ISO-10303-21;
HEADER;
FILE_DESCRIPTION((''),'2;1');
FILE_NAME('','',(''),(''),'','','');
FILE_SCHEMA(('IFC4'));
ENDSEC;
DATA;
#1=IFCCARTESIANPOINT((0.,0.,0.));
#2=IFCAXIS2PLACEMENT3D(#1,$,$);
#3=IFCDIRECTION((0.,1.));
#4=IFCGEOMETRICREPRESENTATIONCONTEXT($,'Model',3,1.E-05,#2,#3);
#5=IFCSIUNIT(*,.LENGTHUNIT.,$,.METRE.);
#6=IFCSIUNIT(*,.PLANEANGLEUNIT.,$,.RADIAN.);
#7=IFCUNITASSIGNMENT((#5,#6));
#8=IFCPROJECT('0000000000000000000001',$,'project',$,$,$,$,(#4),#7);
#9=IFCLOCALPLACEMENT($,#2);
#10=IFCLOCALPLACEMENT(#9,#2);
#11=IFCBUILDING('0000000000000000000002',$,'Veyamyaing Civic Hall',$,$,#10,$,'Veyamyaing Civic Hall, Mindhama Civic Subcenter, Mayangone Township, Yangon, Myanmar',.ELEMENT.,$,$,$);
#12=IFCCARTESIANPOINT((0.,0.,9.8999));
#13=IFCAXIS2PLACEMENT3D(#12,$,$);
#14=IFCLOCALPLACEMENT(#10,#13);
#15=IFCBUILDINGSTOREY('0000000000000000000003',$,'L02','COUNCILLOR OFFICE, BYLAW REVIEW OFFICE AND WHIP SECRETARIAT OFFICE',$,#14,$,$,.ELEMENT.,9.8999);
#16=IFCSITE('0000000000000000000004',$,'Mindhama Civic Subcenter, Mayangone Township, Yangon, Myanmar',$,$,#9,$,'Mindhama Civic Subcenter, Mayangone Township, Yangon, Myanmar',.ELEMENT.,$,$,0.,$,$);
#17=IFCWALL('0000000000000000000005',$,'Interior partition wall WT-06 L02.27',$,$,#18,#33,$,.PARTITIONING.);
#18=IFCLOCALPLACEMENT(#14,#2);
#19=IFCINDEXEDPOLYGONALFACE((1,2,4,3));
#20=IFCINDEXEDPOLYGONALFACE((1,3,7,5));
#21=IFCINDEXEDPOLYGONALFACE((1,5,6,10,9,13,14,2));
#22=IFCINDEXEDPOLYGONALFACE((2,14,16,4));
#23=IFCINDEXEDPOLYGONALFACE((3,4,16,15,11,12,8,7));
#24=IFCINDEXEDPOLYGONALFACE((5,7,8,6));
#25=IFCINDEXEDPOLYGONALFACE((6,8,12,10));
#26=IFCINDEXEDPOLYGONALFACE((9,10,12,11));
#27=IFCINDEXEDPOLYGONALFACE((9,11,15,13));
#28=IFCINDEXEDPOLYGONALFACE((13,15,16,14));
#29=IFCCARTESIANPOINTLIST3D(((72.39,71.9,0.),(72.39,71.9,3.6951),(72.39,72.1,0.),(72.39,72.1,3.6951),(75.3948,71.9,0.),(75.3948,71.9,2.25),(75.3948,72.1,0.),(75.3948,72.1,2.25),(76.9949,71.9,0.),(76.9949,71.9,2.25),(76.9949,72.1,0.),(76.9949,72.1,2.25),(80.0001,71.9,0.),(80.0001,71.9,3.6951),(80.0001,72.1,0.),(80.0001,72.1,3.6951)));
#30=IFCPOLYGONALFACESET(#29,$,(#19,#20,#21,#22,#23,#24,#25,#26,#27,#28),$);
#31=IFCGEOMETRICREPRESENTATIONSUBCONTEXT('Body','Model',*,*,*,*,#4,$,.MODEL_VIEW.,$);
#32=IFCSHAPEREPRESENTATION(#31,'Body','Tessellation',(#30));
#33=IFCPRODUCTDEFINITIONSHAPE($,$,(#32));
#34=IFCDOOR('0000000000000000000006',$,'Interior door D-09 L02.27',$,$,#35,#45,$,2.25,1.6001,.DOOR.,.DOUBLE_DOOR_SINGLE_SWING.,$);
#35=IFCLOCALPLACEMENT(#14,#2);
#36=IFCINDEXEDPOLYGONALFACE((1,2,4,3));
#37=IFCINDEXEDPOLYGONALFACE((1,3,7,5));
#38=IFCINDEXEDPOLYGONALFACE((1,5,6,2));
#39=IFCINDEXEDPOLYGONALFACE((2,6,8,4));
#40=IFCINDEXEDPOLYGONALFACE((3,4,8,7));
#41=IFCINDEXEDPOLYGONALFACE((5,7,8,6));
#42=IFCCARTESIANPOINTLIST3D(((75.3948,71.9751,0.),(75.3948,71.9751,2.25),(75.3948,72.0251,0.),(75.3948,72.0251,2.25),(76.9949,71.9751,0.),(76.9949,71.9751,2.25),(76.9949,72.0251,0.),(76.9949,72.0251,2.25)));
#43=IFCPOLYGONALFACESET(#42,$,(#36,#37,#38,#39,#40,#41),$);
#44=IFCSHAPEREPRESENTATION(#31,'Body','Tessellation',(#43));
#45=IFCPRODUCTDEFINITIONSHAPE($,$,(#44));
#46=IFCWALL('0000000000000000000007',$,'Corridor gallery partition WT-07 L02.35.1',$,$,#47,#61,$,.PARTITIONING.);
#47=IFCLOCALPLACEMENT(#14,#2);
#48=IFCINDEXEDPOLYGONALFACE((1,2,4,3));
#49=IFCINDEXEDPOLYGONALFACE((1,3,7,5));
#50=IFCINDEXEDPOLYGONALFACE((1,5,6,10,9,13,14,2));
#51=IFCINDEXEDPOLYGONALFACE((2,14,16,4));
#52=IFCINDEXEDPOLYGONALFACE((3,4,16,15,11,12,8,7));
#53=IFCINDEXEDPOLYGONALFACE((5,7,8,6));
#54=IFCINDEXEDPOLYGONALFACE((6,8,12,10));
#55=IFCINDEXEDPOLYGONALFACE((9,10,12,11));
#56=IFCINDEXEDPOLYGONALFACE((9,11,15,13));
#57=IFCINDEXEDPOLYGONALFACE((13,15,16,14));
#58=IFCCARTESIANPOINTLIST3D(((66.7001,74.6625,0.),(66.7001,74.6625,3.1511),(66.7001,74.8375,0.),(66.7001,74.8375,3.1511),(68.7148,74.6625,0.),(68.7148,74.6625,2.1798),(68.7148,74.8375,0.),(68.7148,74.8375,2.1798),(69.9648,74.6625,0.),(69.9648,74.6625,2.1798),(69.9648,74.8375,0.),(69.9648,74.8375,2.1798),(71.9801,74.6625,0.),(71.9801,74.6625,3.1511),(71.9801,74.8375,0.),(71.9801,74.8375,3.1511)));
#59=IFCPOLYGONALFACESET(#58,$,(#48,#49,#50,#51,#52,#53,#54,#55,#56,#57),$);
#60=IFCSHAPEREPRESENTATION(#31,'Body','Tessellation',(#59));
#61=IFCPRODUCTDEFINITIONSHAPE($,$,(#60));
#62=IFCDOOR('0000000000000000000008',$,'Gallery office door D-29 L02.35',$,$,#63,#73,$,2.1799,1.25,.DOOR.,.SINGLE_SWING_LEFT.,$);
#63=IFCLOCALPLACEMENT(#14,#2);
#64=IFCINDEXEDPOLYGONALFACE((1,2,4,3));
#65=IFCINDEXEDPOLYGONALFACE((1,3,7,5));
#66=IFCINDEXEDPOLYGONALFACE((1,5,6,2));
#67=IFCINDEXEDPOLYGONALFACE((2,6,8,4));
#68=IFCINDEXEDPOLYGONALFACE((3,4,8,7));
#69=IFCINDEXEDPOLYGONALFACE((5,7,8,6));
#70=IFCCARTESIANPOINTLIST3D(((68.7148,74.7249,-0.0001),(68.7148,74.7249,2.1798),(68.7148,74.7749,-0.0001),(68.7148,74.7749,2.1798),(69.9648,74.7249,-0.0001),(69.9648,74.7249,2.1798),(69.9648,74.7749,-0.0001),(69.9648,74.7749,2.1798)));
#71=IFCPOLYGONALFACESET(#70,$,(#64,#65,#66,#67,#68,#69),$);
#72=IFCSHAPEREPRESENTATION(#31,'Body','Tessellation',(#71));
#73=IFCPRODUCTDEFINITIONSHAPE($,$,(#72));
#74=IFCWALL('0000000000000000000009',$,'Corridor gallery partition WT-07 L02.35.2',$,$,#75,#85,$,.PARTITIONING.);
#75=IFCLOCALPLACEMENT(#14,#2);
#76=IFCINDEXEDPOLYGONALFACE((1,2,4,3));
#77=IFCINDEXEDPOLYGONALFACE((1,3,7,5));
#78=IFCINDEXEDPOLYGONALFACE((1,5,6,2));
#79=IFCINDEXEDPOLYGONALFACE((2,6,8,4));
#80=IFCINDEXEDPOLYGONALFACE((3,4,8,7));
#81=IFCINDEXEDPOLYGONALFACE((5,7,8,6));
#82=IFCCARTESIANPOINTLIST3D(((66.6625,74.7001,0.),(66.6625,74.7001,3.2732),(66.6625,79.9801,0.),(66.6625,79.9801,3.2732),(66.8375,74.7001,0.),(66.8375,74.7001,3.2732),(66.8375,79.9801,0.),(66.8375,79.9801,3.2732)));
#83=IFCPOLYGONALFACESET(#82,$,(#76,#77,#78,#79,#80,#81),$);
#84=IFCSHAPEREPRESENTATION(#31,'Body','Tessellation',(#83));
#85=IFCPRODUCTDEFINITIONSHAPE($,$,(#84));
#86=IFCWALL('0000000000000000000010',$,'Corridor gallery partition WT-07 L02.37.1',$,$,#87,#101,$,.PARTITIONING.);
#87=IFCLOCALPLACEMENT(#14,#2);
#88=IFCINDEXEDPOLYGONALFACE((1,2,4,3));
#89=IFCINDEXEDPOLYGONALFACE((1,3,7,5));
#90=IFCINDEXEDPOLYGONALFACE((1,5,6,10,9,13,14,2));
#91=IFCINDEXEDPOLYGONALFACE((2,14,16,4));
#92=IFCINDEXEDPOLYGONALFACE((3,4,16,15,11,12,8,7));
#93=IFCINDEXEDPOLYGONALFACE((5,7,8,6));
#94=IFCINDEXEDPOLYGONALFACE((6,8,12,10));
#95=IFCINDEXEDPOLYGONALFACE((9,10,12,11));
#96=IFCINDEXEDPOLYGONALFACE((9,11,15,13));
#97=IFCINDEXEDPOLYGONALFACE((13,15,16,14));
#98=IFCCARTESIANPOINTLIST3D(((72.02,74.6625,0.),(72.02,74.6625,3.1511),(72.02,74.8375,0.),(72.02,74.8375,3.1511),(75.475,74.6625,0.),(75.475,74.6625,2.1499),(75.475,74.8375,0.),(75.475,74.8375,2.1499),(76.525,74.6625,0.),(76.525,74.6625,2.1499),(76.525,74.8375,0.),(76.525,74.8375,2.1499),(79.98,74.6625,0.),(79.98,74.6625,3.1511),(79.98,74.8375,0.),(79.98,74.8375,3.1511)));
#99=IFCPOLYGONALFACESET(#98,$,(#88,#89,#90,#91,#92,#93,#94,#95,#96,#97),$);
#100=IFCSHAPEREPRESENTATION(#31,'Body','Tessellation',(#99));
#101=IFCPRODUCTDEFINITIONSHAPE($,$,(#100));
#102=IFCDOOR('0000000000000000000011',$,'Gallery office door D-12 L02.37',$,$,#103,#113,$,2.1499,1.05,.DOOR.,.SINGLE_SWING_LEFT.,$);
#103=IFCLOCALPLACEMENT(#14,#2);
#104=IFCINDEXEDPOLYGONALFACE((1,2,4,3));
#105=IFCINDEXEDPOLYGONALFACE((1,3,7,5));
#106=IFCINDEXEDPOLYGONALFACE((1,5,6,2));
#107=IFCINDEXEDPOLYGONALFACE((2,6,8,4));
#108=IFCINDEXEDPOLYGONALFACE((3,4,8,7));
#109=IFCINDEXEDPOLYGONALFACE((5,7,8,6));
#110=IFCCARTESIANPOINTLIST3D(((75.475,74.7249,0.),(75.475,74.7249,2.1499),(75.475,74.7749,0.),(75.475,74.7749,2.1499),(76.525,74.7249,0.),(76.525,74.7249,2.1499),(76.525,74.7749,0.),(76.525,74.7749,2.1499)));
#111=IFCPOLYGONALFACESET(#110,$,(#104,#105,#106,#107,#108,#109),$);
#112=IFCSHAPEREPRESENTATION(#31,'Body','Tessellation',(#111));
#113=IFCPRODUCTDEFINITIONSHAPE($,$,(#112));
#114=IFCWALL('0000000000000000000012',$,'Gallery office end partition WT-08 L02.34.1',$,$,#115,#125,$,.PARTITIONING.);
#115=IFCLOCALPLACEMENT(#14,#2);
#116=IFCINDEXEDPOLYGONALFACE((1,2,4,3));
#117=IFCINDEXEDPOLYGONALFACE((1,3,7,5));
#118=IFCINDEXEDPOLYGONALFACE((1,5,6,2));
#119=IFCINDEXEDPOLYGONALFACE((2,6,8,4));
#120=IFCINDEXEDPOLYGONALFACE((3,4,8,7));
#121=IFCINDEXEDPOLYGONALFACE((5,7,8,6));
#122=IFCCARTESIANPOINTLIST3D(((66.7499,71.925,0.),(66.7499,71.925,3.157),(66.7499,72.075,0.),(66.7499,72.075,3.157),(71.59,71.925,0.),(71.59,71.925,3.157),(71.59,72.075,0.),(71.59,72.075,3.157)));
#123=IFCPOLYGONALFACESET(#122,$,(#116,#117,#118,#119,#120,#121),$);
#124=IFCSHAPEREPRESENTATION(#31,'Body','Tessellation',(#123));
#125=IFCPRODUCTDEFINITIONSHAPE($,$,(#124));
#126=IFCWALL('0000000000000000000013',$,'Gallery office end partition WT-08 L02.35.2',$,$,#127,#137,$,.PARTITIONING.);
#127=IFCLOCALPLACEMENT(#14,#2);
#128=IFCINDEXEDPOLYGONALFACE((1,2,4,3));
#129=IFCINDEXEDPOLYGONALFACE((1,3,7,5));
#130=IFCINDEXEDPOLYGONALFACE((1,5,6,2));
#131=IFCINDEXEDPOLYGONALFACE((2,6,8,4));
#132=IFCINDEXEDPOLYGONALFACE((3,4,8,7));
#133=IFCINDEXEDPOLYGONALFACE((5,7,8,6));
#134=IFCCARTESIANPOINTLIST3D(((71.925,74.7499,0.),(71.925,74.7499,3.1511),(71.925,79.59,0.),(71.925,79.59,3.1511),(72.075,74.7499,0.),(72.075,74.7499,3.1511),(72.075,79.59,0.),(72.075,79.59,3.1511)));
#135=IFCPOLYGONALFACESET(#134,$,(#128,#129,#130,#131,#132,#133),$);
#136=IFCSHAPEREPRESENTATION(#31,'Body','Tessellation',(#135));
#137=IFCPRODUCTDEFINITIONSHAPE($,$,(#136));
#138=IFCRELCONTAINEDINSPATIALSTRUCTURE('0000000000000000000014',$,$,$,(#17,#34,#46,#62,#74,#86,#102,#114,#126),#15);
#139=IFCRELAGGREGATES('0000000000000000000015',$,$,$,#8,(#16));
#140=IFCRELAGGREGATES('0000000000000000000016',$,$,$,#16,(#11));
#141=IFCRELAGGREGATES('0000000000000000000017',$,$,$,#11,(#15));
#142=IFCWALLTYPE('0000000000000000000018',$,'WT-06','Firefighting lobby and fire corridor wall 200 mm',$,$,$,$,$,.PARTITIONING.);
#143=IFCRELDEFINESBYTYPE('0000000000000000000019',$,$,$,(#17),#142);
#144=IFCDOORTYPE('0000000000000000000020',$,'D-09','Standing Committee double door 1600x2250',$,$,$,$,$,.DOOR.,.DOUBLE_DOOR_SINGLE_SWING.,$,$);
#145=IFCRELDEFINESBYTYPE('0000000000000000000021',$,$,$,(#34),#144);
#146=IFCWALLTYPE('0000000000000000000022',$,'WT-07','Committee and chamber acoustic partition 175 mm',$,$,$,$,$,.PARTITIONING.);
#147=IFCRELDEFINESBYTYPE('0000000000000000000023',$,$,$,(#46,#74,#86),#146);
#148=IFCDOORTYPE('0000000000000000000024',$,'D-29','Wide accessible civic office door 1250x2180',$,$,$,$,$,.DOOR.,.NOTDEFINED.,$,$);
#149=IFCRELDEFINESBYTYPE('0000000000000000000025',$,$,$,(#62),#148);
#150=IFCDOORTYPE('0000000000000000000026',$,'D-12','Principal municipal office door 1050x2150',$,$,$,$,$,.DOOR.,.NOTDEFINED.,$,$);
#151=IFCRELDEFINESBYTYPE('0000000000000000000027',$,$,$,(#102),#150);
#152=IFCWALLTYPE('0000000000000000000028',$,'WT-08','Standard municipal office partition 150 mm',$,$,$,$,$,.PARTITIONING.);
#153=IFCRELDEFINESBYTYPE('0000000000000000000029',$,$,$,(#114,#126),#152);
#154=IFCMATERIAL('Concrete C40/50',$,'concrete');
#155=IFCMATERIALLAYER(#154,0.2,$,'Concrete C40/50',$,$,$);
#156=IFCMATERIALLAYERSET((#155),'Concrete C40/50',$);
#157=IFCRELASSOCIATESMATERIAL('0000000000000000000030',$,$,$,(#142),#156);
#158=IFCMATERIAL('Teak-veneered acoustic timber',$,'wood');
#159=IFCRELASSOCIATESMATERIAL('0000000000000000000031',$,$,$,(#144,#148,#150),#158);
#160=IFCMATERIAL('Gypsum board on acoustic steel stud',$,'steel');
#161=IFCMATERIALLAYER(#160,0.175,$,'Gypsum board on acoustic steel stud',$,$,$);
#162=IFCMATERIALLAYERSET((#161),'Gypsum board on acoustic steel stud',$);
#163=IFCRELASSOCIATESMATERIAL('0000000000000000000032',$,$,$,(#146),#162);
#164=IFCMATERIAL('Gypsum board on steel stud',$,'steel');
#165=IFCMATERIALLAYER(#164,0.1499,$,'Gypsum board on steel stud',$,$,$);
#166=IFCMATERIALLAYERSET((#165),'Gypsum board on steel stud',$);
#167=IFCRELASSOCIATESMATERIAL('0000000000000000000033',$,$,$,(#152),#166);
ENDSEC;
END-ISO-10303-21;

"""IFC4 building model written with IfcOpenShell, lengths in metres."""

from ifc_helpers import new_model, si_unit, direction, frame, frame_2d, origin, place, context, subcontext, project, spatial, rectangle, extrude, material, layer, layer_set, type_object, element, fill, save


model = new_model("IFC4")

# Units and contexts
model_context = context("Model", 3, precision=1e-05, world=origin(), true_north=direction((0.0, 1.0)))
body_context = subcontext(model_context, "Body", "Model", "MODEL_VIEW")
ifc_project = project(units=[si_unit("LENGTHUNIT", "METRE"), si_unit("PLANEANGLEUNIT", "RADIAN")], contexts=[model_context])

# Site, building, storey
site_placement = place(None, origin())
site = spatial("IfcSite", under=ifc_project, at=site_placement, Name="Mindhama Civic Subcenter, Mayangone Township, Yangon, Myanmar", LongName="Mindhama Civic Subcenter, Mayangone Township, Yangon, Myanmar", CompositionType="ELEMENT", RefElevation=0.0)
building_placement = place(site_placement, origin())
building = spatial("IfcBuilding", under=site, at=building_placement, Name="Veyamyaing Civic Hall", LongName="Veyamyaing Civic Hall, Mindhama Civic Subcenter, Mayangone Township, Yangon, Myanmar", CompositionType="ELEMENT")
storey_placement = place(building_placement, frame((0.0, 0.0, 9.8999)))
storey = spatial("IfcBuildingStorey", under=building, at=storey_placement, Name="L02", Description="COUNCILLOR OFFICE, BYLAW REVIEW OFFICE AND WHIP SECRETARIAT OFFICE", CompositionType="ELEMENT", Elevation=9.8999)

# Walls, openings, doors
ifc_material_1 = material(Name="Concrete C40/50", Category="concrete")
ifc_layer_1 = layer(ifc_material_1, 0.2, Name="Concrete C40/50")
ifc_layer_set_1 = layer_set([ifc_layer_1], Name="Concrete C40/50")
wall_type_1 = type_object("IfcWallType", Name="WT-06", Description="Firefighting lobby and fire corridor wall 200 mm", PredefinedType="PARTITIONING", material=ifc_layer_set_1)
wall_1_placement = place(storey_placement, frame((72.3899, 72.0, 0.0), z_axis=(0.0, 0.0, 1.0), x_axis=(1.0, 0.0, 0.0)))
wall_1 = element("IfcWall", 1, at=wall_1_placement, inside=storey, type_object=wall_type_1, Name="Interior partition wall WT-06 L02.27", PredefinedType="PARTITIONING", context=body_context, shape_type="SweptSolid", body=[
    extrude(rectangle(XDim=7.6101, YDim=0.2, at=frame_2d((3.8052, 0.0))), origin(), (0.0, 0.0, 1.0), 3.6951),
])
opening_1_placement = place(wall_1_placement, frame((3.0049, 0.0, 0.0)))
opening_1 = element("IfcOpeningElement", 2, at=opening_1_placement, cuts=wall_1, PredefinedType="OPENING", context=body_context, shape_type="SweptSolid", body=[
    extrude(rectangle(XDim=1.6001, YDim=2.25, at=frame_2d((0.8, 1.125))), frame((0.0, 0.1099, 0.0), z_axis=(0.0, -1.0, 0.0), x_axis=(1.0, 0.0, 0.0)), (0.0, 0.0, 1.0), 0.22),
])
ifc_material_2 = material(Name="Teak-veneered acoustic timber", Category="wood")
door_type_1 = type_object("IfcDoorType", Name="D-09", Description="Standing Committee double door 1600x2250", OperationType="DOUBLE_DOOR_SINGLE_SWING", PredefinedType="DOOR", material=ifc_material_2)
door_1_placement = place(opening_1_placement, frame((1.6001, 0.0, 0.0), z_axis=(0.0, 0.0, 1.0), x_axis=(-1.0, 0.0, 0.0)))
door_1 = element("IfcDoor", 3, at=door_1_placement, inside=storey, type_object=door_type_1, Name="Interior door D-09 L02.27", OperationType="DOUBLE_DOOR_SINGLE_SWING", OverallHeight=2.25, OverallWidth=1.6001, PredefinedType="DOOR", context=body_context, shape_type="SweptSolid", body=[
    extrude(rectangle(XDim=1.6001, YDim=2.25, at=frame_2d((0.8, 1.125))), frame((0.0, 0.0249, 0.0), z_axis=(0.0, -1.0, 0.0), x_axis=(1.0, 0.0, 0.0)), (0.0, 0.0, 1.0), 0.05),
])
fill(opening_1, door_1)
ifc_material_3 = material(Name="Gypsum board on acoustic steel stud", Category="steel")
ifc_layer_2 = layer(ifc_material_3, 0.175, Name="Gypsum board on acoustic steel stud")
ifc_layer_set_2 = layer_set([ifc_layer_2], Name="Gypsum board on acoustic steel stud")
wall_type_2 = type_object("IfcWallType", Name="WT-07", Description="Committee and chamber acoustic partition 175 mm", PredefinedType="PARTITIONING", material=ifc_layer_set_2)
wall_2_placement = place(storey_placement, frame((66.7, 74.75, 0.0), z_axis=(0.0, 0.0, 1.0), x_axis=(1.0, 0.0, 0.0)))
wall_2 = element("IfcWall", 4, at=wall_2_placement, inside=storey, type_object=wall_type_2, Name="Corridor gallery partition WT-07 L02.35.1", PredefinedType="PARTITIONING", context=body_context, shape_type="SweptSolid", body=[
    extrude(rectangle(XDim=5.28, YDim=0.175, at=frame_2d((2.6401, 0.0))), origin(), (0.0, 0.0, 1.0), 3.1511),
])
opening_2_placement = place(wall_2_placement, frame((2.0149, 0.0, 0.0)))
opening_2 = element("IfcOpeningElement", 5, at=opening_2_placement, cuts=wall_2, PredefinedType="OPENING", context=body_context, shape_type="SweptSolid", body=[
    extrude(rectangle(XDim=1.25, YDim=2.1799, at=frame_2d((0.625, 1.0898))), frame((0.0, 0.0974, 0.0), z_axis=(0.0, -1.0, 0.0), x_axis=(1.0, 0.0, 0.0)), (0.0, 0.0, 1.0), 0.1951),
])
door_type_2 = type_object("IfcDoorType", Name="D-29", Description="Wide accessible civic office door 1250x2180", OperationType="NOTDEFINED", PredefinedType="DOOR", material=ifc_material_2)
door_2_placement = place(opening_2_placement, origin())
door_2 = element("IfcDoor", 6, at=door_2_placement, inside=storey, type_object=door_type_2, Name="Gallery office door D-29 L02.35", OperationType="SINGLE_SWING_LEFT", OverallHeight=2.1799, OverallWidth=1.25, PredefinedType="DOOR", context=body_context, shape_type="SweptSolid", body=[
    extrude(rectangle(XDim=1.25, YDim=2.1799, at=frame_2d((0.625, 1.0898))), frame((0.0, 0.0249, 0.0), z_axis=(0.0, -1.0, 0.0), x_axis=(1.0, 0.0, 0.0)), (0.0, 0.0, 1.0), 0.05),
])
fill(opening_2, door_2)

# Wall
wall_3_placement = place(storey_placement, frame((66.75, 74.7, 0.0), z_axis=(0.0, 0.0, 1.0), x_axis=(0.0, 1.0, 0.0)))
element("IfcWall", 7, at=wall_3_placement, inside=storey, type_object=wall_type_2, Name="Corridor gallery partition WT-07 L02.35.2", PredefinedType="PARTITIONING", context=body_context, shape_type="SweptSolid", body=[
    extrude(rectangle(XDim=5.28, YDim=0.175, at=frame_2d((2.6401, 0.0))), origin(), (0.0, 0.0, 1.0), 3.2732),
])

# Wall, opening, door
wall_4_placement = place(storey_placement, frame((72.02, 74.75, 0.0), z_axis=(0.0, 0.0, 1.0), x_axis=(1.0, 0.0, 0.0)))
wall_4 = element("IfcWall", 8, at=wall_4_placement, inside=storey, type_object=wall_type_2, Name="Corridor gallery partition WT-07 L02.37.1", PredefinedType="PARTITIONING", context=body_context, shape_type="SweptSolid", body=[
    extrude(rectangle(XDim=7.96, YDim=0.175, at=frame_2d((3.98, 0.0))), origin(), (0.0, 0.0, 1.0), 3.1511),
])
opening_3_placement = place(wall_4_placement, frame((3.4551, 0.0, 0.0)))
opening_3 = element("IfcOpeningElement", 9, at=opening_3_placement, cuts=wall_4, PredefinedType="OPENING", context=body_context, shape_type="SweptSolid", body=[
    extrude(rectangle(XDim=1.05, YDim=2.1499, at=frame_2d((0.5249, 1.075))), frame((0.0, 0.0974, 0.0), z_axis=(0.0, -1.0, 0.0), x_axis=(1.0, 0.0, 0.0)), (0.0, 0.0, 1.0), 0.1951),
])
door_type_3 = type_object("IfcDoorType", Name="D-12", Description="Principal municipal office door 1050x2150", OperationType="NOTDEFINED", PredefinedType="DOOR", material=ifc_material_2)
door_3_placement = place(opening_3_placement, origin())
door_3 = element("IfcDoor", 10, at=door_3_placement, inside=storey, type_object=door_type_3, Name="Gallery office door D-12 L02.37", OperationType="SINGLE_SWING_LEFT", OverallHeight=2.1499, OverallWidth=1.05, PredefinedType="DOOR", context=body_context, shape_type="SweptSolid", body=[
    extrude(rectangle(XDim=1.05, YDim=2.1499, at=frame_2d((0.5249, 1.075))), frame((0.0, 0.0249, 0.0), z_axis=(0.0, -1.0, 0.0), x_axis=(1.0, 0.0, 0.0)), (0.0, 0.0, 1.0), 0.05),
])
fill(opening_3, door_3)

# Walls
ifc_material_4 = material(Name="Gypsum board on steel stud", Category="steel")
ifc_layer_3 = layer(ifc_material_4, 0.1499, Name="Gypsum board on steel stud")
ifc_layer_set_3 = layer_set([ifc_layer_3], Name="Gypsum board on steel stud")
wall_type_3 = type_object("IfcWallType", Name="WT-08", Description="Standard municipal office partition 150 mm", PredefinedType="PARTITIONING", material=ifc_layer_set_3)
wall_5_placement = place(storey_placement, frame((66.75, 72.0, 0.0), z_axis=(0.0, 0.0, 1.0), x_axis=(1.0, 0.0, 0.0)))
element("IfcWall", 11, at=wall_5_placement, inside=storey, type_object=wall_type_3, Name="Gallery office end partition WT-08 L02.34.1", PredefinedType="PARTITIONING", context=body_context, shape_type="SweptSolid", body=[
    extrude(rectangle(XDim=4.8401, YDim=0.1499, at=frame_2d((2.4199, 0.0))), origin(), (0.0, 0.0, 1.0), 3.157),
])
wall_6_placement = place(storey_placement, frame((72.0, 74.75, 0.0), z_axis=(0.0, 0.0, 1.0), x_axis=(0.0, 1.0, 0.0)))
element("IfcWall", 12, at=wall_6_placement, inside=storey, type_object=wall_type_3, Name="Gallery office end partition WT-08 L02.35.2", PredefinedType="PARTITIONING", context=body_context, shape_type="SweptSolid", body=[
    extrude(rectangle(XDim=4.8401, YDim=0.1499, at=frame_2d((2.4199, 0.0))), origin(), (0.0, 0.0, 1.0), 3.1511),
])

save(model, "model.ifc")
